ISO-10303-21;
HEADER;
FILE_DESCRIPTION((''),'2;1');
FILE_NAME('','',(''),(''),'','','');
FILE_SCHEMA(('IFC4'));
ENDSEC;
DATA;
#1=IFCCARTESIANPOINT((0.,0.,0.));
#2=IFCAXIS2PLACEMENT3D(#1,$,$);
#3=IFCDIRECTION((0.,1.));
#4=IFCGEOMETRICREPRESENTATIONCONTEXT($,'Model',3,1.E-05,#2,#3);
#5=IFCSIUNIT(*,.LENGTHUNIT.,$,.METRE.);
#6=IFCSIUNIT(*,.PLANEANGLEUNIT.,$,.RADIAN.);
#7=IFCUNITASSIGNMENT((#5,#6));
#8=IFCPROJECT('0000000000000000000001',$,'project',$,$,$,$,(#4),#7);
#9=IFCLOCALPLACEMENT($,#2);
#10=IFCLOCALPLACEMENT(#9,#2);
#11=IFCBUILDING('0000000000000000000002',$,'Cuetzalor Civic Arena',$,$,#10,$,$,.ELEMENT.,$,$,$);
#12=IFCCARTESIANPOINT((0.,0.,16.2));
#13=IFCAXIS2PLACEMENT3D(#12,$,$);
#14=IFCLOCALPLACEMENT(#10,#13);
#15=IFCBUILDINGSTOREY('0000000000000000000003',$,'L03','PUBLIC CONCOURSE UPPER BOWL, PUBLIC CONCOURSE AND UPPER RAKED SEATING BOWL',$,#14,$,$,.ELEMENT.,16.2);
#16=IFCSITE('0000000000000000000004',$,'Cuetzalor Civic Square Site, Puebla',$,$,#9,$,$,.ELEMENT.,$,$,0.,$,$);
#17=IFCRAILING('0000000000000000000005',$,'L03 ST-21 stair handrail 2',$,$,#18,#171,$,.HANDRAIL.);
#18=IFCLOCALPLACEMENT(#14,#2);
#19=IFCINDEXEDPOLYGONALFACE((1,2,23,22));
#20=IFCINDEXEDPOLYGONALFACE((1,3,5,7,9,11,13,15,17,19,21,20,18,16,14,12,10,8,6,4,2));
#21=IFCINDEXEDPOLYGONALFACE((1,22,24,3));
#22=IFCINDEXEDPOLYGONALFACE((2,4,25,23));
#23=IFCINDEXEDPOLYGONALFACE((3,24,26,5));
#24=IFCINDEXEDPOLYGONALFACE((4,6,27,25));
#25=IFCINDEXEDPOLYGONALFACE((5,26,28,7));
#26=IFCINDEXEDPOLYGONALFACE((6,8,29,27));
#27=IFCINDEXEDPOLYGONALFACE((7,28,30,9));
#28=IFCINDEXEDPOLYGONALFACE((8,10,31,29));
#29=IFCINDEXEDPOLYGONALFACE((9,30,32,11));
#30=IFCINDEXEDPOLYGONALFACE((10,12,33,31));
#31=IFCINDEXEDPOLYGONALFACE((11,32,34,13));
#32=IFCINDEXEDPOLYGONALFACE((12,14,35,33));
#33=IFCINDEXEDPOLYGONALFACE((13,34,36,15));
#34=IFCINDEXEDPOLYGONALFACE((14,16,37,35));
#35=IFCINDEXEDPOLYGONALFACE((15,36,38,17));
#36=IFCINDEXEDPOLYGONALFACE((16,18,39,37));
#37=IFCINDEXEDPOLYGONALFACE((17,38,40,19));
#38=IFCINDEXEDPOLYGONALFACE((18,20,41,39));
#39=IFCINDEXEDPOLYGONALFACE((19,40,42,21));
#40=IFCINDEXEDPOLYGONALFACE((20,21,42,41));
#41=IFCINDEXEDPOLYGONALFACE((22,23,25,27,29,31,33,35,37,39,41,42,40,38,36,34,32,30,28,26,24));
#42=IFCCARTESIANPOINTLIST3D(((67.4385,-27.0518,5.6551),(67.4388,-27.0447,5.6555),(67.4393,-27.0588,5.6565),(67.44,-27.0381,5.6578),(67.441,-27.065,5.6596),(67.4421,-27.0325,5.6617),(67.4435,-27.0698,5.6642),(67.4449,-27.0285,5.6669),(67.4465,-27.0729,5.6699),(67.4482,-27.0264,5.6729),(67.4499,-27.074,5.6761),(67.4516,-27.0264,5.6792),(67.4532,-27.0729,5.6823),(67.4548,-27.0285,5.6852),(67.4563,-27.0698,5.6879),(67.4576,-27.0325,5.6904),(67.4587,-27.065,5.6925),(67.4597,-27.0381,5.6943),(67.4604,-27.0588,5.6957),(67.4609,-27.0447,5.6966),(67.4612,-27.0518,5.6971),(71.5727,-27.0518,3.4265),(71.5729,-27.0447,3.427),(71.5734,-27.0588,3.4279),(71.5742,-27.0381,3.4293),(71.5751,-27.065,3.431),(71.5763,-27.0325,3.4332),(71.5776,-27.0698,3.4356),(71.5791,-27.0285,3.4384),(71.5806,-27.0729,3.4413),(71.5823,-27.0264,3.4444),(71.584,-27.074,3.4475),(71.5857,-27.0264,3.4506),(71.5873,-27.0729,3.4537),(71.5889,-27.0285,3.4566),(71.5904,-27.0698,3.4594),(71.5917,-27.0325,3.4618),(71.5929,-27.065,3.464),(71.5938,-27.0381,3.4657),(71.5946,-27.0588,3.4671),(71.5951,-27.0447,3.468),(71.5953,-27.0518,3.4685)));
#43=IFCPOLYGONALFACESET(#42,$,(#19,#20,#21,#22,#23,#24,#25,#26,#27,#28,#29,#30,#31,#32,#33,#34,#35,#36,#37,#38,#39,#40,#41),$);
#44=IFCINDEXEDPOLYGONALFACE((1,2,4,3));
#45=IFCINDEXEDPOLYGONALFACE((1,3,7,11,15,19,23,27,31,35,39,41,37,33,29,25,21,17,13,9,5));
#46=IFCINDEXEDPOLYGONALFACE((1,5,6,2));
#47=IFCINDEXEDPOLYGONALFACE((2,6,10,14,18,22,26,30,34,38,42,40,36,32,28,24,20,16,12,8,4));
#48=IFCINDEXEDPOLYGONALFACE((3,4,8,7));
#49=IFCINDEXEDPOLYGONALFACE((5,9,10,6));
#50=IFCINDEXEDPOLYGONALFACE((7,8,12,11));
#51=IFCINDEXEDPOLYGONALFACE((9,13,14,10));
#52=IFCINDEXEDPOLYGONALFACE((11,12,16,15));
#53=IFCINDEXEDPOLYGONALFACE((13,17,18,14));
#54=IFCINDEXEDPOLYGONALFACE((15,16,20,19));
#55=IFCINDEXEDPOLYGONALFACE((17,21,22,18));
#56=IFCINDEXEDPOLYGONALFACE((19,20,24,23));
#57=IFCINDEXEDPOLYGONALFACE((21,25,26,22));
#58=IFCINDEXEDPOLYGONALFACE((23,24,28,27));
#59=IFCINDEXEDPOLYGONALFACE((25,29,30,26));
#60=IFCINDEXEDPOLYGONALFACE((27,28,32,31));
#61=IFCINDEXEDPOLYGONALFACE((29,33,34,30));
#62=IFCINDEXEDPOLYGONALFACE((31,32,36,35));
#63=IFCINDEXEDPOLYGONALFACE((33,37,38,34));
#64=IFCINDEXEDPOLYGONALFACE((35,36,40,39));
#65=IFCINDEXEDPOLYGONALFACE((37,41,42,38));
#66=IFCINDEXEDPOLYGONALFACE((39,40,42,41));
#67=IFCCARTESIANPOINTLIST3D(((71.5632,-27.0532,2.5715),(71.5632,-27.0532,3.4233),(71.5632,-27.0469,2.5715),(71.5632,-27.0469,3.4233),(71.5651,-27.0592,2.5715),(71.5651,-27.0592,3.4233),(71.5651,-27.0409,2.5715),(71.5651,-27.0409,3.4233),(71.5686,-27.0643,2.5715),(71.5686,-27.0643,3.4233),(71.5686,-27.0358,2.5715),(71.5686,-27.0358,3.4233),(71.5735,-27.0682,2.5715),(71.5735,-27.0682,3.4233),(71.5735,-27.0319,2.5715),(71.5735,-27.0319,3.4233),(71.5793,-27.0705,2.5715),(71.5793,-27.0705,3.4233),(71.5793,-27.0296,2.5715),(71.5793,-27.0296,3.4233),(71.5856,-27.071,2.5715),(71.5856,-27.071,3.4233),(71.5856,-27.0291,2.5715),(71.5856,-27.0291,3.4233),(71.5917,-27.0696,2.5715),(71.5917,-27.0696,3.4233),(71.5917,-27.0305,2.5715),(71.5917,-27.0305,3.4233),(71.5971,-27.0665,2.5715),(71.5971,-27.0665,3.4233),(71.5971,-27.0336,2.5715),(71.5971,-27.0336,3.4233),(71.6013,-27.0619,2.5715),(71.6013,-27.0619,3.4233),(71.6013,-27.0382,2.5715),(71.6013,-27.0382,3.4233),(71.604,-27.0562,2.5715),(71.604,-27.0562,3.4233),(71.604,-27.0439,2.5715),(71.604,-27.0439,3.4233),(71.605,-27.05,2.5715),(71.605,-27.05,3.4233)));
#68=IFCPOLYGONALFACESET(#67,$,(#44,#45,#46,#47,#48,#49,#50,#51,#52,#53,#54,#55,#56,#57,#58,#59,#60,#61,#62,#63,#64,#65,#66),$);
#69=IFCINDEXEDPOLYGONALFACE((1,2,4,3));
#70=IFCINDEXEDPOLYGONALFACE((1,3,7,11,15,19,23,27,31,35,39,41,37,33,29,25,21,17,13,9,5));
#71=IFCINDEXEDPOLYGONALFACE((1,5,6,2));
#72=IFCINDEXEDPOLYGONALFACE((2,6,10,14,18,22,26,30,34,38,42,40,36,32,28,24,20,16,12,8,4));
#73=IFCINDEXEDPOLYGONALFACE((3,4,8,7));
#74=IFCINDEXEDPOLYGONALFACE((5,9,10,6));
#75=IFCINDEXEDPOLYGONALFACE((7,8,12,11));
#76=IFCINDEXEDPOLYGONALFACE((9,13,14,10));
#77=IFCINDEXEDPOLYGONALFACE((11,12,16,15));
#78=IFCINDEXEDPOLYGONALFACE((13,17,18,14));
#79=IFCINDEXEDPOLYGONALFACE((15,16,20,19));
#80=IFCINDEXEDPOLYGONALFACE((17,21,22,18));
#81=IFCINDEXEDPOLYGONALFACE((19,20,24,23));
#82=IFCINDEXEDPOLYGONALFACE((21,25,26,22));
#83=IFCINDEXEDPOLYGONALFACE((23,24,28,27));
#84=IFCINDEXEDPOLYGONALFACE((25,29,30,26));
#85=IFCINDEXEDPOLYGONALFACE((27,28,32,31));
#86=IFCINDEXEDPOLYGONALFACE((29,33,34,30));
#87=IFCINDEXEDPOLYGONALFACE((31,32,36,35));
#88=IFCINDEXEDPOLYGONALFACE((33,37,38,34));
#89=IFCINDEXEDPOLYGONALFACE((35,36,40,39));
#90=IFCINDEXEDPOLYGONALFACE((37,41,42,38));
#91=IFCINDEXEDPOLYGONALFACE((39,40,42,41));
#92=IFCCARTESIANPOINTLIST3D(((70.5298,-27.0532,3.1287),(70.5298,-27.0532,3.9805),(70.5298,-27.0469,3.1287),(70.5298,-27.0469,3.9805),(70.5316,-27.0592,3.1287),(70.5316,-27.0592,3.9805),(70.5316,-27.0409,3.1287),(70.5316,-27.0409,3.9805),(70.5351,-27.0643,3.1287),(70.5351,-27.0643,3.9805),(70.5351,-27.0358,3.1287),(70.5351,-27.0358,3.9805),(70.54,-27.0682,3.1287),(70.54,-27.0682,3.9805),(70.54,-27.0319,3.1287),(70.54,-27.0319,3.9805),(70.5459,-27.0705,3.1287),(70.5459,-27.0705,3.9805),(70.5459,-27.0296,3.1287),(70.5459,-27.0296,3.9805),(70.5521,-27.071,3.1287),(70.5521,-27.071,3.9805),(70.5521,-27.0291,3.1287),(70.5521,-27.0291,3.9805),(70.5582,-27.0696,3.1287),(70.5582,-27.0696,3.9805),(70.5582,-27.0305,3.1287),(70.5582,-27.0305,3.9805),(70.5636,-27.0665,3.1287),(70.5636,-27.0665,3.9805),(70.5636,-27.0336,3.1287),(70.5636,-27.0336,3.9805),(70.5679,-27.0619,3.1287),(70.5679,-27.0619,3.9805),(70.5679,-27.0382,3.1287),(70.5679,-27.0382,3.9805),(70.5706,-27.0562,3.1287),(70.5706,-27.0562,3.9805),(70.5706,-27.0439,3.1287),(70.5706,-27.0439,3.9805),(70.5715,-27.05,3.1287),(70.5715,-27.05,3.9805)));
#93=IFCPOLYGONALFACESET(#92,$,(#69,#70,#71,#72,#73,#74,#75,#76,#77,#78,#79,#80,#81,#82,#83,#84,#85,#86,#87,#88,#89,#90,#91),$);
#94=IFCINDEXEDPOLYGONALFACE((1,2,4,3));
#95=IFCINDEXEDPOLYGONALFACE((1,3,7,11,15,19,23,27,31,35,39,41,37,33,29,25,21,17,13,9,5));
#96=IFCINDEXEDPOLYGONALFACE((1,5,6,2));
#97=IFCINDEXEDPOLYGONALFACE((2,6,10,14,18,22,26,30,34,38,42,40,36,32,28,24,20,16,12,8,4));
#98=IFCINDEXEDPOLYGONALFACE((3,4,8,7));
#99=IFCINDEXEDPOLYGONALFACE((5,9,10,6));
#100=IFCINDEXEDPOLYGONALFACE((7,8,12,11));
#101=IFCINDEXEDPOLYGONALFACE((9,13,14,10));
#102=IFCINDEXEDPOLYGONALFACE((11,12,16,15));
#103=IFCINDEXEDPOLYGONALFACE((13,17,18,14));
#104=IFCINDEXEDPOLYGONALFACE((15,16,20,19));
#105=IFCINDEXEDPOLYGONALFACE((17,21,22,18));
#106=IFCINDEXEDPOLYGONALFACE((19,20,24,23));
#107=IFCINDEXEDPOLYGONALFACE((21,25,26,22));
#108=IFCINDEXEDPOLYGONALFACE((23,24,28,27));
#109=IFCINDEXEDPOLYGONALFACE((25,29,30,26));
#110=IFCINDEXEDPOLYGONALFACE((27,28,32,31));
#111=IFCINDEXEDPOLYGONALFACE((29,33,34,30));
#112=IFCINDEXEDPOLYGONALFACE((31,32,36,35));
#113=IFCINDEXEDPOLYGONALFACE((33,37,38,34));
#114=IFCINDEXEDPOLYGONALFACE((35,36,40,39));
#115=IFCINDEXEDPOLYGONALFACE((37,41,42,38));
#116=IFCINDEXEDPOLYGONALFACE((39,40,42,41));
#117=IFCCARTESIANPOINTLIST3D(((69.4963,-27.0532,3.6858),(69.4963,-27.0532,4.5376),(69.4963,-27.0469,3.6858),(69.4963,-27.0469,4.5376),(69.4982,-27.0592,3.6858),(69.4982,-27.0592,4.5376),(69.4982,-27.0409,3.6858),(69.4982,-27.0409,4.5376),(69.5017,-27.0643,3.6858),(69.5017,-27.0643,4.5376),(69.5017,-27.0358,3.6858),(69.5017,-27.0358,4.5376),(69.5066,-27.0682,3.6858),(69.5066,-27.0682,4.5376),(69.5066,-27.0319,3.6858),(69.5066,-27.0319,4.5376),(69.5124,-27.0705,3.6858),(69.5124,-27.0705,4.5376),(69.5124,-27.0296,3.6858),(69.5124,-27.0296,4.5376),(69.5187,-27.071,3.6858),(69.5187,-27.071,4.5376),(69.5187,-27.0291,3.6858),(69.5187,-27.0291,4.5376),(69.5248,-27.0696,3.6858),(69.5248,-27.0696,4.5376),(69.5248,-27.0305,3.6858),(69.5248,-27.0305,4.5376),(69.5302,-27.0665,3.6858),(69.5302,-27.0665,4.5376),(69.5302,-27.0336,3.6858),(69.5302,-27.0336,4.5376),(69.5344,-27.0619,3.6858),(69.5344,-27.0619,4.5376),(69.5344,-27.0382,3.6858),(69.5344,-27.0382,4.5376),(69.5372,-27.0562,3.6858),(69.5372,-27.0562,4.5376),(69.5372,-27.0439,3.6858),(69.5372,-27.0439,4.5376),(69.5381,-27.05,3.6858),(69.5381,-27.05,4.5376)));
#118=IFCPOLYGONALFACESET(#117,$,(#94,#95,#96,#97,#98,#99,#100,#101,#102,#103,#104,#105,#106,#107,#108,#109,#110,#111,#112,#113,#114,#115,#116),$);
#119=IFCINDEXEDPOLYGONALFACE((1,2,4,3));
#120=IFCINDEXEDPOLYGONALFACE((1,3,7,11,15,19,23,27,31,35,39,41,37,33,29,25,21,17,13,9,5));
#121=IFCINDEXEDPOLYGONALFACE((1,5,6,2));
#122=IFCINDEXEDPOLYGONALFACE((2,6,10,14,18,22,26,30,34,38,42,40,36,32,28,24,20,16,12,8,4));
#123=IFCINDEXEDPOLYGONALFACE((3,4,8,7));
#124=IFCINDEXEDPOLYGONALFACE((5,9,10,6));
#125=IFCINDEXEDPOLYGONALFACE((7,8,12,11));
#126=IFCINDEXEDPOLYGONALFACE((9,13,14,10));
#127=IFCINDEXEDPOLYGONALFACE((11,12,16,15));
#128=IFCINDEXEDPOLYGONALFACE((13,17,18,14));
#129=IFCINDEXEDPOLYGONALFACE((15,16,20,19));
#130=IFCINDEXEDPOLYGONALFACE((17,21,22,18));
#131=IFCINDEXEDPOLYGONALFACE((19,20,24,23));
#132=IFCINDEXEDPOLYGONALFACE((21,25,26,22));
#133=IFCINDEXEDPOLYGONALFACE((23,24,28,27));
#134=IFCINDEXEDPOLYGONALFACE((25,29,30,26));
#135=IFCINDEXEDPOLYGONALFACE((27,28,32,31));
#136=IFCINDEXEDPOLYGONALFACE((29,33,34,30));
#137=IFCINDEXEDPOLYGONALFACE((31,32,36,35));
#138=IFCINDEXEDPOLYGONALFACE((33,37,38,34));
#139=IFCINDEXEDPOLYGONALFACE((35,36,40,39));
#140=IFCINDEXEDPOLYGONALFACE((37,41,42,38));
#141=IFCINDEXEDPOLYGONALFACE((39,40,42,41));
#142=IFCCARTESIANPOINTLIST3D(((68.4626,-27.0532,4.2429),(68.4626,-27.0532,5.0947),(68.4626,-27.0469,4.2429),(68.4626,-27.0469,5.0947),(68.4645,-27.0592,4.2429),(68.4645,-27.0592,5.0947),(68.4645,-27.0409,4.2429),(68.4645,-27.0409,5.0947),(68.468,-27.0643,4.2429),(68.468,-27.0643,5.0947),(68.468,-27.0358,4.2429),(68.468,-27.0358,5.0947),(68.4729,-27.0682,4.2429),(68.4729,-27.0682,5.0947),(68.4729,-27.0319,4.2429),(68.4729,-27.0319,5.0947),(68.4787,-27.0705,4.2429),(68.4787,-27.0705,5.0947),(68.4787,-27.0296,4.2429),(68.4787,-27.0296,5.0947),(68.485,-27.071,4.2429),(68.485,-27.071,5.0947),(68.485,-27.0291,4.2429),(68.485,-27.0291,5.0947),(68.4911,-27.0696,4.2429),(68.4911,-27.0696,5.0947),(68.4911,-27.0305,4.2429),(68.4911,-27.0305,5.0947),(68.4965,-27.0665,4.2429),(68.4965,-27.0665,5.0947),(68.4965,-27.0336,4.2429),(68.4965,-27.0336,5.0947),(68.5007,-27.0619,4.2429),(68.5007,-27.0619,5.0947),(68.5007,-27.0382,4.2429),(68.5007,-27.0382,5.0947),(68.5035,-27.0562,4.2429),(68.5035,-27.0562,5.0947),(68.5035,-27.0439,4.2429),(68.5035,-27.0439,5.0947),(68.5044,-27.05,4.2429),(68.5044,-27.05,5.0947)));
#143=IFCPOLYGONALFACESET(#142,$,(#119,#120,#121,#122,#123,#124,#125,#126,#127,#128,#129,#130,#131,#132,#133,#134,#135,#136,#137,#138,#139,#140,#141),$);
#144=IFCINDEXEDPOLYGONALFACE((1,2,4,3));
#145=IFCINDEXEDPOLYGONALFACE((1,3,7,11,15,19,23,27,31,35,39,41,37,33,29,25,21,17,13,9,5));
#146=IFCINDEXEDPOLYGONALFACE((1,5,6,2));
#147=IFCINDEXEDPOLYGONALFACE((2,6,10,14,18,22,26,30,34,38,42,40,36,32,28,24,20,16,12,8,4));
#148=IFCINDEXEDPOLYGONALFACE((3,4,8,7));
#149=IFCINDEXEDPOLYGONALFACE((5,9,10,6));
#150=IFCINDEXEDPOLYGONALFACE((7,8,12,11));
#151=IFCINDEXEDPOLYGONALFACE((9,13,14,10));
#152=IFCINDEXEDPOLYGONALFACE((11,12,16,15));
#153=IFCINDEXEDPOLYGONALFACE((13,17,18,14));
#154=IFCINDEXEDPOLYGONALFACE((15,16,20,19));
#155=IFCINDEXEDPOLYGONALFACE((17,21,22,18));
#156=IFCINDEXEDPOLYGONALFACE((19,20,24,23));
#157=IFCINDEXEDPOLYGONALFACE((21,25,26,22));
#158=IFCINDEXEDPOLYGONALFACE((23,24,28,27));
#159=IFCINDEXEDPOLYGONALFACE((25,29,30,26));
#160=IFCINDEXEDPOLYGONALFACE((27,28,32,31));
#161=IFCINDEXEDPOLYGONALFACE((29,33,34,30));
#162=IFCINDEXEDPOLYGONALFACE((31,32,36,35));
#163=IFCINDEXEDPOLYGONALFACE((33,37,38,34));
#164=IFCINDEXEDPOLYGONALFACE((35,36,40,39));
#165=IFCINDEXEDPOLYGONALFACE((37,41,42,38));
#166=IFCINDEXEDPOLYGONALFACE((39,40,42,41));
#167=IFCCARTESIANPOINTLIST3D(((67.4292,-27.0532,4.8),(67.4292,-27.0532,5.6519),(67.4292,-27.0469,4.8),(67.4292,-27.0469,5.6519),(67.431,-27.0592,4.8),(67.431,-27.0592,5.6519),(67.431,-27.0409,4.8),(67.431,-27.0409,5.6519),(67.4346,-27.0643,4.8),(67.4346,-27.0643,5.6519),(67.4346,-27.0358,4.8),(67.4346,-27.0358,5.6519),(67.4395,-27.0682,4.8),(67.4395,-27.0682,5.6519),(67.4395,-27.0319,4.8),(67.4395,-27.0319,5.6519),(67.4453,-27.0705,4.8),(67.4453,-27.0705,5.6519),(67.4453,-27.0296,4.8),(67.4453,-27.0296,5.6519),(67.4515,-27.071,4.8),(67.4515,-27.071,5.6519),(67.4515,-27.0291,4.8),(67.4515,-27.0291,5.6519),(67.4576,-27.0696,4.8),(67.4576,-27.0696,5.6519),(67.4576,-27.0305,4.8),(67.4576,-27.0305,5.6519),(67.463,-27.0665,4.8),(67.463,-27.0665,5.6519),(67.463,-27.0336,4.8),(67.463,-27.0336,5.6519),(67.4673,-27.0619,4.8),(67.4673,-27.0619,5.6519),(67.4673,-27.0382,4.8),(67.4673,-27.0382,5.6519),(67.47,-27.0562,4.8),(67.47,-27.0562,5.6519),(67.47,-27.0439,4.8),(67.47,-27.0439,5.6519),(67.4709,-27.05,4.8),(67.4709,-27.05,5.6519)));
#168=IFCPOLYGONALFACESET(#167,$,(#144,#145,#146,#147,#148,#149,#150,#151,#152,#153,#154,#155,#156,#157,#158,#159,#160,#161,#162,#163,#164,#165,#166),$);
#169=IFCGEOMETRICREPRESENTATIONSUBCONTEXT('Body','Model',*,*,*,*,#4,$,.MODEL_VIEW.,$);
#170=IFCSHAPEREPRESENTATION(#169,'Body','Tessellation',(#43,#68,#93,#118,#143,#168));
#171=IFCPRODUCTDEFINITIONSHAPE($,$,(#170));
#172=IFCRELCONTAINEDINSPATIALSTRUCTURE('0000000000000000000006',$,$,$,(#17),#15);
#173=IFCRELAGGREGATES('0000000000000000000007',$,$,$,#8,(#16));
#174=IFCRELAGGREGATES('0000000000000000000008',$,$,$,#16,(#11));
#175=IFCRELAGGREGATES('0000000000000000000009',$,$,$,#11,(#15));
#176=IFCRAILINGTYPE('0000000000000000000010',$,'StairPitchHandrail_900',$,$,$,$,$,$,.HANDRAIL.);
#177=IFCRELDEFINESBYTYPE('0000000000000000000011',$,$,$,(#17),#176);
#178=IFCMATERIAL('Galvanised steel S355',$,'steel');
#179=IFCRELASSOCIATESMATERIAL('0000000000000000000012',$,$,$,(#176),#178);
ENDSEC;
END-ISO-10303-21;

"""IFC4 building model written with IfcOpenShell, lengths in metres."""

from ifc_helpers import new_model, si_unit, direction, frame, origin, origin_2d, place, context, subcontext, project, spatial, circle, extrude, material, type_object, element, save


model = new_model("IFC4")

# Units and contexts
model_context = context("Model", 3, precision=1e-05, world=origin(), true_north=direction((0.0, 1.0)))
body_context = subcontext(model_context, "Body", "Model", "MODEL_VIEW")
ifc_project = project(units=[si_unit("LENGTHUNIT", "METRE"), si_unit("PLANEANGLEUNIT", "RADIAN")], contexts=[model_context])

# Site, building, storey
site_placement = place(None, origin())
site = spatial("IfcSite", under=ifc_project, at=site_placement, Name="Cuetzalor Civic Square Site, Puebla", CompositionType="ELEMENT", RefElevation=0.0)
building_placement = place(site_placement, origin())
building = spatial("IfcBuilding", under=site, at=building_placement, Name="Cuetzalor Civic Arena", CompositionType="ELEMENT")
storey_placement = place(building_placement, frame((0.0, 0.0, 16.2)))
storey = spatial("IfcBuildingStorey", under=building, at=storey_placement, Name="L03", Description="PUBLIC CONCOURSE UPPER BOWL, PUBLIC CONCOURSE AND UPPER RAKED SEATING BOWL", CompositionType="ELEMENT", Elevation=16.2)

# Railing
ifc_material_1 = material(Name="Galvanised steel S355", Category="steel")
railing_type_1 = type_object("IfcRailingType", Name="StairPitchHandrail_900", PredefinedType="HANDRAIL", material=ifc_material_1)
railing_1_placement = place(storey_placement, frame((71.584, -27.05, 2.5715)))
element("IfcRailing", 1, at=railing_1_placement, inside=storey, type_object=railing_type_1, Name="L03 ST-21 stair handrail 2", PredefinedType="HANDRAIL", context=body_context, shape_type="SweptSolid", body=[
    extrude(circle(Radius=0.0239, at=origin_2d()), frame((0.0, 0.0, 0.876), z_axis=(-0.880249, 0.0, 0.474512), x_axis=(0.0, -1.0, 0.0)), (0.0, 0.0, 1.0), 4.6965),
    extrude(circle(Radius=0.021, at=origin_2d()), origin(), (0.0, 0.0, 1.0), 0.8518),
    extrude(circle(Radius=0.021, at=origin_2d()), frame((-1.0334, 0.0, 0.5571)), (0.0, 0.0, 1.0), 0.8518),
    extrude(circle(Radius=0.021, at=origin_2d()), frame((-2.0669, 0.0, 1.1143)), (0.0, 0.0, 1.0), 0.8518),
    extrude(circle(Radius=0.021, at=origin_2d()), frame((-3.1006, 0.0, 1.6714)), (0.0, 0.0, 1.0), 0.8518),
    extrude(circle(Radius=0.021, at=origin_2d()), frame((-4.134, 0.0, 2.2285)), (0.0, 0.0, 1.0), 0.8518),
])

save(model, "model.ifc")
